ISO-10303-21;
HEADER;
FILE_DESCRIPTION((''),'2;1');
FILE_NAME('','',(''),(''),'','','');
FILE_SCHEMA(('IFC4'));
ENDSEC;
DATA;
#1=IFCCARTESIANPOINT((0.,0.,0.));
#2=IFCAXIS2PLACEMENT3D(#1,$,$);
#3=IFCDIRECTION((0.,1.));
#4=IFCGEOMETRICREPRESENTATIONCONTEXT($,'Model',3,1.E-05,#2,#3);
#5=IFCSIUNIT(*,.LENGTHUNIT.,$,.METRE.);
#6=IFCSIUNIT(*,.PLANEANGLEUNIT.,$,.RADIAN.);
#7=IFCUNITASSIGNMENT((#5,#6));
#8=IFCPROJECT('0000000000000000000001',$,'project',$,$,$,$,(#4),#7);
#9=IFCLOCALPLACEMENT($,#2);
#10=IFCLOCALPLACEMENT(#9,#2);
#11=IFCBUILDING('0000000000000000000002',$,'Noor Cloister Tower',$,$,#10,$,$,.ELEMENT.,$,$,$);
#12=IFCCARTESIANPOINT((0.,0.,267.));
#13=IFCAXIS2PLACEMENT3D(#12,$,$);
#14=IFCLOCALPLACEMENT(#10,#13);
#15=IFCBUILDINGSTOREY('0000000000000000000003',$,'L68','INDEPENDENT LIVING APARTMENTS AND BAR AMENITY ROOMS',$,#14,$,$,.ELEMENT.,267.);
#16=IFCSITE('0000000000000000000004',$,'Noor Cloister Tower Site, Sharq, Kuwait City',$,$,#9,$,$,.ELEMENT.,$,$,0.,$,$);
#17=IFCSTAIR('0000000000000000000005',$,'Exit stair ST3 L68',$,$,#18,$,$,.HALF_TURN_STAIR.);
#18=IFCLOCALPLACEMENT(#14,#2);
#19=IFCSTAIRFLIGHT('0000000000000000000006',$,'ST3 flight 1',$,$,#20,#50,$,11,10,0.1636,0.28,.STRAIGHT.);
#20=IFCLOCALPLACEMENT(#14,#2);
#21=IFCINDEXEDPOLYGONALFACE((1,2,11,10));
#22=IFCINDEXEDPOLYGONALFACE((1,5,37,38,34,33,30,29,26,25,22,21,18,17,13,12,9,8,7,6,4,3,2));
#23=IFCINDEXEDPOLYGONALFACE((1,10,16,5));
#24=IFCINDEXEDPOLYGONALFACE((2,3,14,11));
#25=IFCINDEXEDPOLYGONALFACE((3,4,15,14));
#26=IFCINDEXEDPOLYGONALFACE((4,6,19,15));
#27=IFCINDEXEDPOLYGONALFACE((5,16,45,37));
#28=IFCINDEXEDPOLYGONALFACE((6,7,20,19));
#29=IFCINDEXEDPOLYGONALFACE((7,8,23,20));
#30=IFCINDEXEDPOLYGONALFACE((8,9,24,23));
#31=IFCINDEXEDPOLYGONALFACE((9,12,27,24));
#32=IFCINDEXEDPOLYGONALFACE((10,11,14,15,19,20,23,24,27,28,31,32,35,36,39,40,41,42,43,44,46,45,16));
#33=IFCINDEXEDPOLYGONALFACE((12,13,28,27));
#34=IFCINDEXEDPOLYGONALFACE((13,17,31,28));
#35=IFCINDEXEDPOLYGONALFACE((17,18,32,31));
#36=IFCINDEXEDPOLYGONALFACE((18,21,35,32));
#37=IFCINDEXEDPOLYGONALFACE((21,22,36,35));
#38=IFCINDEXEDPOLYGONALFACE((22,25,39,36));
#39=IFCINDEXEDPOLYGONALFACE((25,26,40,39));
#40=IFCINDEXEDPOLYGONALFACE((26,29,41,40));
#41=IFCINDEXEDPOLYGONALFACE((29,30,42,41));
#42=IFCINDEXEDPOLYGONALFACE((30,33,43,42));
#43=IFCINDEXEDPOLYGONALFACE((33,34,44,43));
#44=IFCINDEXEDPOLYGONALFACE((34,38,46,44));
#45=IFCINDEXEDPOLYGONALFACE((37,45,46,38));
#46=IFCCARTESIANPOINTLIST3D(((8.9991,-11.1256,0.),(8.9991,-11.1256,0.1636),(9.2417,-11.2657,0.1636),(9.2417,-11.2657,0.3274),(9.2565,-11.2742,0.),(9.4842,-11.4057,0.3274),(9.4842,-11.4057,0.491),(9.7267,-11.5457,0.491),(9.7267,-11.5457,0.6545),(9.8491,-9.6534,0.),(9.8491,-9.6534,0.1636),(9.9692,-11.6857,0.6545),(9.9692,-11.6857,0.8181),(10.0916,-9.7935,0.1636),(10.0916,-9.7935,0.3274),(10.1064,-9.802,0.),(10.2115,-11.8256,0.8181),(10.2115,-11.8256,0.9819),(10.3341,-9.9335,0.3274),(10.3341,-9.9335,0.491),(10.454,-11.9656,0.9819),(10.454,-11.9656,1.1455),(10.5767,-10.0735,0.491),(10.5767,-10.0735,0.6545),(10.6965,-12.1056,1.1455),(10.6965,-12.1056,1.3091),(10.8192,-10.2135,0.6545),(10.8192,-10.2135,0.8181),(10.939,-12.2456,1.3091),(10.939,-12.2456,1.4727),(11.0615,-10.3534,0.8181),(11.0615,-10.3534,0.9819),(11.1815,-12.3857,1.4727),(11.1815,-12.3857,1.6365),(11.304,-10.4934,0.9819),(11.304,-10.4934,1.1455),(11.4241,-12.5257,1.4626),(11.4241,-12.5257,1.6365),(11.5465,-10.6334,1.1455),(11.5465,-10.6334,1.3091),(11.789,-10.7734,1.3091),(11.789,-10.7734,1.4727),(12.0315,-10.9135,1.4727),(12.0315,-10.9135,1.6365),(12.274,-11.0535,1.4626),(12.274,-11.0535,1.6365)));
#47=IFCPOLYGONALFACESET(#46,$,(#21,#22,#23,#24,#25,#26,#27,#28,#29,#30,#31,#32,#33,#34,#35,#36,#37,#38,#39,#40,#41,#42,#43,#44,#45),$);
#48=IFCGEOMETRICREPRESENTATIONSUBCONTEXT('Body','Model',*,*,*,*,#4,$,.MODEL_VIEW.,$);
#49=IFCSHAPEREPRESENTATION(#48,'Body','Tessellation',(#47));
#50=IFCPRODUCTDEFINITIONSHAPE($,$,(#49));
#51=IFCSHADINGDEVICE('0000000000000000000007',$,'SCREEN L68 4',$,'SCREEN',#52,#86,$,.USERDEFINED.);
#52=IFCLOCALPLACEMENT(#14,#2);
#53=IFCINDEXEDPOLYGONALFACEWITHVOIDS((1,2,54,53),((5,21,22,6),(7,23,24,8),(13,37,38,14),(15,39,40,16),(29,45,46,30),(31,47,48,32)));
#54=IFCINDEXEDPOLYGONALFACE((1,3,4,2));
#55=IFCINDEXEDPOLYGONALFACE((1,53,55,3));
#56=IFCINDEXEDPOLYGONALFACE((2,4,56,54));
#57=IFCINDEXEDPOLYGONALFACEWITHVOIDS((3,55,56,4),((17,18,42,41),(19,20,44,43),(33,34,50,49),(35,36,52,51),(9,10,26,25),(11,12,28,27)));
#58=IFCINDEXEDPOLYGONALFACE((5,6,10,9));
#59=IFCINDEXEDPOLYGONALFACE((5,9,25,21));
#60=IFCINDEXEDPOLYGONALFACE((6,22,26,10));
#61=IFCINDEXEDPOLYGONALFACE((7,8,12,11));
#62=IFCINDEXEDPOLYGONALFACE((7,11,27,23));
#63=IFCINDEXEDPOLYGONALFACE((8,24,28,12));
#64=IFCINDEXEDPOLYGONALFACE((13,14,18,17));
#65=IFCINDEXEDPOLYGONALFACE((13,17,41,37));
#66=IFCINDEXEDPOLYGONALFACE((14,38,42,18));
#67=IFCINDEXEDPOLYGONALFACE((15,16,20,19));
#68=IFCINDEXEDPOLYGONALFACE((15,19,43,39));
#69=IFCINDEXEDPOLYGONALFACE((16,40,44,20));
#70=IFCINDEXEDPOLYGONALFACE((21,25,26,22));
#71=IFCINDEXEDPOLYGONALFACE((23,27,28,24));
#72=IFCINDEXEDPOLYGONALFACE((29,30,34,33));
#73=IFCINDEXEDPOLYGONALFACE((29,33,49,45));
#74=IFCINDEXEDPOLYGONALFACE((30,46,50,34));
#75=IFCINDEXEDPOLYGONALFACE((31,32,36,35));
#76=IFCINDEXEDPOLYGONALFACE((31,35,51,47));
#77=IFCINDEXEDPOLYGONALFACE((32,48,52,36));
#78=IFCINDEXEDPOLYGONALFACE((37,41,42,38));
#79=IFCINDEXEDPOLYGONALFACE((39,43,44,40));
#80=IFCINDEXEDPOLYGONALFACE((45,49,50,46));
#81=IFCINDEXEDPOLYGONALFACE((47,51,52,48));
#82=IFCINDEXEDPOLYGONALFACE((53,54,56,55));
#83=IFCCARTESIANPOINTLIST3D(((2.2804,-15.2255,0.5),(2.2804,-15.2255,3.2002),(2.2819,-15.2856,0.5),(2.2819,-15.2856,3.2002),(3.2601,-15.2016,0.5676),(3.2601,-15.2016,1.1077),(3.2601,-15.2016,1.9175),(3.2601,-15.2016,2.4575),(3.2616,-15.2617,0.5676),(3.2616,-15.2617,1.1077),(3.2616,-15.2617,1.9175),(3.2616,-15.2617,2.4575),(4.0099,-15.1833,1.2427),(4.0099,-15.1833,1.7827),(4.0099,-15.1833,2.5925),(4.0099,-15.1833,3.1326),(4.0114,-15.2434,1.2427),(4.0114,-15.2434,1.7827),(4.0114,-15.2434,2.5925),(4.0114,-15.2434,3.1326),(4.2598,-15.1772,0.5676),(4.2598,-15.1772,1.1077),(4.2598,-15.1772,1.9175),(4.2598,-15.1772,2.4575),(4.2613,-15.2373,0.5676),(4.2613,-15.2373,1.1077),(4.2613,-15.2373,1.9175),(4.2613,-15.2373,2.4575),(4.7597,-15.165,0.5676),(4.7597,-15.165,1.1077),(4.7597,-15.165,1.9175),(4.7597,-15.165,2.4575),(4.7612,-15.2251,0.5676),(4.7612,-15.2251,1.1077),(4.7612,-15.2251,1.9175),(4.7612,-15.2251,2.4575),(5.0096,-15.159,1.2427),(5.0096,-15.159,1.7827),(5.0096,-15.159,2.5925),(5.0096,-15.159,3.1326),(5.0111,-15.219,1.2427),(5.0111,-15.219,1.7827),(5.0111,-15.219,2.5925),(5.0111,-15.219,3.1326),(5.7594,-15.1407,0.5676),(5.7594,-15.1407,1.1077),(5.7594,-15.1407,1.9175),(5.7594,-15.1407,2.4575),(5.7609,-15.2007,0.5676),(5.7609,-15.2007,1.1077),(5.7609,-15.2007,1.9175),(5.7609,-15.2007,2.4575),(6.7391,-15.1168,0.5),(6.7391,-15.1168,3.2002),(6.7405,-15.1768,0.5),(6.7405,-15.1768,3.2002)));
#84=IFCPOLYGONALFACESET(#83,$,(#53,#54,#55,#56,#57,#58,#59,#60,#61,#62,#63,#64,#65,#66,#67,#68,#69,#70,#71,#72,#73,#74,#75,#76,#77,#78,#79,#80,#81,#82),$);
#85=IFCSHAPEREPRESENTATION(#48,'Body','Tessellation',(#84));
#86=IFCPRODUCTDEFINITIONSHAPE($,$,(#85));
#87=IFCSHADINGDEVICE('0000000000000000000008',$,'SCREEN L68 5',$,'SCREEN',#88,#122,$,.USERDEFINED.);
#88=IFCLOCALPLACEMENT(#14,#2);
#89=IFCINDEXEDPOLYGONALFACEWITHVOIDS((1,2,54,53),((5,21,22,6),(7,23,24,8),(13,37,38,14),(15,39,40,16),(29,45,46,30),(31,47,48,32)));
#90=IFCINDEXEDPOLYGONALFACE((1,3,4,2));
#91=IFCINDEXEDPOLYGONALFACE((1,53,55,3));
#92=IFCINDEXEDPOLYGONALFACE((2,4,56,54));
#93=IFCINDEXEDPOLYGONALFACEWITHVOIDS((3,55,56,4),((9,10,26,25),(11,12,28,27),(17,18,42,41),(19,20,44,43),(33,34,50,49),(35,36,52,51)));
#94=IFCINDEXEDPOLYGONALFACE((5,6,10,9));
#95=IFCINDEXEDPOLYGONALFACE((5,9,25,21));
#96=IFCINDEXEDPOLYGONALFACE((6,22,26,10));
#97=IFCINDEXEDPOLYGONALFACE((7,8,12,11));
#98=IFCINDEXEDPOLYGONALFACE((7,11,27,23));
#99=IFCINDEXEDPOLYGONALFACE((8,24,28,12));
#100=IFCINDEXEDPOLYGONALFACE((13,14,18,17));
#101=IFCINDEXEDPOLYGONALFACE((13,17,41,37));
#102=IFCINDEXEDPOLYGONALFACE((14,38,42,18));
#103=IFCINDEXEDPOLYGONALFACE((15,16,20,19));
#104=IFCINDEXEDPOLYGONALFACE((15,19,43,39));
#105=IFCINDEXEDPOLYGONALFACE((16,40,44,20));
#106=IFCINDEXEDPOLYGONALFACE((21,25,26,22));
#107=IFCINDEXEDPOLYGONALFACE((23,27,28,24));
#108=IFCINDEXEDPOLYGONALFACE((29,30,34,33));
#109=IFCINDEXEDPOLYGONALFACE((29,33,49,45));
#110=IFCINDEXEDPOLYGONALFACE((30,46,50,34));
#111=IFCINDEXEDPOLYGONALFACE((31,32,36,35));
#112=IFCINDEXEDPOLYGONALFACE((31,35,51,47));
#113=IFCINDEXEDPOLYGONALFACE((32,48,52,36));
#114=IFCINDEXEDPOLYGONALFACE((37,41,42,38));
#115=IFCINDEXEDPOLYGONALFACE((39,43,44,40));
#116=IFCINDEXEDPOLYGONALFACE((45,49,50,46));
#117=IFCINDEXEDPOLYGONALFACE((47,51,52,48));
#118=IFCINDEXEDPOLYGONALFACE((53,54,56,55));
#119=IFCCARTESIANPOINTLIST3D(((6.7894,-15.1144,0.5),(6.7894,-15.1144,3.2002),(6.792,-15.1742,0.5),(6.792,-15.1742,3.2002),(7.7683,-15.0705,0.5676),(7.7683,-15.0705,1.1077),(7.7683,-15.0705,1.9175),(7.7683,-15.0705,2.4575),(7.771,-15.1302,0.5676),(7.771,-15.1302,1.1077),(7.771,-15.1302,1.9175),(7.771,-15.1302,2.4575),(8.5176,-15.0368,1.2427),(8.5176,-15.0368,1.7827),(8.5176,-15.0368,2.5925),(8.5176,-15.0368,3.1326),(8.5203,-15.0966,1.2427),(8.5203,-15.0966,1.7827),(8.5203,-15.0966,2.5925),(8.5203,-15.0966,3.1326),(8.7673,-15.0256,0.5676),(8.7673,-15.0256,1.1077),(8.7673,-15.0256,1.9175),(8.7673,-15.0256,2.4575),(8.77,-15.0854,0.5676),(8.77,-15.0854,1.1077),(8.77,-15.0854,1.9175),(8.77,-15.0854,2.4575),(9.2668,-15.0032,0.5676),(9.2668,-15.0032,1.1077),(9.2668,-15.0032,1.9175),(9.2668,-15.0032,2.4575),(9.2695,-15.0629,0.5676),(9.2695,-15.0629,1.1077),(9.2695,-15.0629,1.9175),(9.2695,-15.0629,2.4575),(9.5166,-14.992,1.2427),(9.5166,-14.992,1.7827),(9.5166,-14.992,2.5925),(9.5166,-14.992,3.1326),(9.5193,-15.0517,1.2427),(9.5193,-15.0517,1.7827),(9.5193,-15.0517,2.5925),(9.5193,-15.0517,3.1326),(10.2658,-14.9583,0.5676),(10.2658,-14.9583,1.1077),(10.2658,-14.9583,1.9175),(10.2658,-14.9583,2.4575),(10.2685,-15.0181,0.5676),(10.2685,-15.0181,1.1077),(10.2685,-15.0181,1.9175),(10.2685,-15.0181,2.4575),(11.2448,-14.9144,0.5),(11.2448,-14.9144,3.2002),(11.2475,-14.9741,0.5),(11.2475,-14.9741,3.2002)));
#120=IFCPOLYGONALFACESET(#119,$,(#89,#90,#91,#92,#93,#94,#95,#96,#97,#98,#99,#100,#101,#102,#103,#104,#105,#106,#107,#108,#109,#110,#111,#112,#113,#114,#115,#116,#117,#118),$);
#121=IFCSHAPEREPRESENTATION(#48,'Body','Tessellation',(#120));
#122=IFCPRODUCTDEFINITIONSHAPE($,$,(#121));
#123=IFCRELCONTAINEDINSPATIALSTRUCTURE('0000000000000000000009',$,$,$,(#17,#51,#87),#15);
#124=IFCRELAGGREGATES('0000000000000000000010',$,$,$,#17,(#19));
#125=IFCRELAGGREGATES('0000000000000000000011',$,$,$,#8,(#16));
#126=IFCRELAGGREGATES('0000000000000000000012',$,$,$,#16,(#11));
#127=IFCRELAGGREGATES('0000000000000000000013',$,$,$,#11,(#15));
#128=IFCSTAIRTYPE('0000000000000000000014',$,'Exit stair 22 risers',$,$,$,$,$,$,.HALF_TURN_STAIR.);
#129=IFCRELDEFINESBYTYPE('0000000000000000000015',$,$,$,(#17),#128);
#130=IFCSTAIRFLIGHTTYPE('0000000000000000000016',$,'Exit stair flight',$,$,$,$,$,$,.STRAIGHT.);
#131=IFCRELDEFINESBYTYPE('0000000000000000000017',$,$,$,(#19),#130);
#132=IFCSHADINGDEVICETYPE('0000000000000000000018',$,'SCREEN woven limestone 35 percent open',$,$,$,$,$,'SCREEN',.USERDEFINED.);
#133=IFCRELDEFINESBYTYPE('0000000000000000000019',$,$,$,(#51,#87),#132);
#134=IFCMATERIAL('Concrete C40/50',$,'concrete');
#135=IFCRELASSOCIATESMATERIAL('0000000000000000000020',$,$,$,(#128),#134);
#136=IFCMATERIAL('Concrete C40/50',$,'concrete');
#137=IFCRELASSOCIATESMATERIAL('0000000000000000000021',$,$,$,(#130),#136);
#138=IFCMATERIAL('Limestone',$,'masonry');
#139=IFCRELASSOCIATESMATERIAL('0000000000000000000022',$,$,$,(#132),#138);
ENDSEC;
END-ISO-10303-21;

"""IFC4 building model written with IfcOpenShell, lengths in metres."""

from ifc_helpers import new_model, si_unit, direction, frame, origin, place, context, subcontext, project, spatial, polyline, outline, extrude, material, material_profile, profile_set, type_object, element, aggregate, save


model = new_model("IFC4")

# Units and contexts
model_context = context("Model", 3, precision=1e-05, world=origin(), true_north=direction((0.0, 1.0)))
body_context = subcontext(model_context, "Body", "Model", "MODEL_VIEW")
ifc_project = project(units=[si_unit("LENGTHUNIT", "METRE"), si_unit("PLANEANGLEUNIT", "RADIAN")], contexts=[model_context])

# Site, building, storey
site_placement = place(None, origin())
site = spatial("IfcSite", under=ifc_project, at=site_placement, Name="Noor Cloister Tower Site, Sharq, Kuwait City", CompositionType="ELEMENT", RefElevation=0.0)
building_placement = place(site_placement, origin())
building = spatial("IfcBuilding", under=site, at=building_placement, Name="Noor Cloister Tower", CompositionType="ELEMENT")
storey_placement = place(building_placement, frame((0.0, 0.0, 267.0)))
storey = spatial("IfcBuildingStorey", under=building, at=storey_placement, Name="L68", Description="INDEPENDENT LIVING APARTMENTS AND BAR AMENITY ROOMS", CompositionType="ELEMENT", Elevation=267.0)

# Stair, stair flight
ifc_material_1 = material(Name="Concrete C40/50", Category="concrete")
stair_type = type_object("IfcStairType", Name="Exit stair 22 risers", PredefinedType="HALF_TURN_STAIR", material=ifc_material_1)
stair_placement = place(storey_placement, origin())
stair = element("IfcStair", 1, at=stair_placement, inside=storey, type_object=stair_type, Name="Exit stair ST3 L68", PredefinedType="HALF_TURN_STAIR")
ifc_material_2 = material(Name="Concrete C40/50", Category="concrete")
stair_flight_type = type_object("IfcStairFlightType", Name="Exit stair flight", PredefinedType="STRAIGHT", material=ifc_material_2)
stair_flight_placement = place(storey_placement, frame((9.4241, -10.3896, 0.0), z_axis=(0.0, 0.0, 1.0), x_axis=(0.866025, -0.5, 0.0)))
stair_flight = element("IfcStairFlight", 2, at=stair_flight_placement, type_object=stair_flight_type, Name="ST3 flight 1", NumberOfRisers=11, NumberOfTreads=10, PredefinedType="STRAIGHT", RiserHeight=0.1636, TreadLength=0.28, context=body_context, shape_type="SweptSolid", body=[
    extrude(outline(polyline([(0.0, 0.0), (0.0, 0.1636), (0.28, 0.1636), (0.28, 0.3274), (0.5601, 0.3274), (0.5601, 0.491), (0.8401, 0.491), (0.8401, 0.6545), (1.1201, 0.6545), (1.1201, 0.8181), (1.3999, 0.8181), (1.3999, 0.9819), (1.6799, 0.9819), (1.6799, 1.1455), (1.96, 1.1455), (1.96, 1.3091), (2.24, 1.3091), (2.24, 1.4727), (2.52, 1.4727), (2.52, 1.6365), (2.8, 1.6365), (2.8, 1.8), (2.8, 1.4626), (0.2971, 0.0), (0.0, 0.0)])), frame((0.0, 0.8501, 0.0), z_axis=(0.0, -1.0, 0.0), x_axis=(1.0, 0.0, 0.0)), (0.0, 0.0, 1.0), 1.7),
])
aggregate(stair, [stair_flight])

# Shading devices
ifc_material_3 = material(Name="Limestone", Category="masonry")
ifc_material_profile_1 = material_profile(ifc_material_3, outline(polyline([(-2.23, -1.3501), (2.23, -1.3501), (2.23, 1.3501), (-2.23, 1.3501), (-2.23, -1.3501)]), holes=[polyline([(-1.25, -1.2825), (-0.25, -1.2825), (-0.25, -0.7424), (-1.25, -0.7424), (-1.25, -1.2825)]), polyline([(0.25, -1.2825), (1.25, -1.2825), (1.25, -0.7424), (0.25, -0.7424), (0.25, -1.2825)]), polyline([(-0.5, -0.6074), (0.5, -0.6074), (0.5, -0.0674), (-0.5, -0.0674), (-0.5, -0.6074)]), polyline([(-1.25, 0.0674), (-0.25, 0.0674), (-0.25, 0.6074), (-1.25, 0.6074), (-1.25, 0.0674)]), polyline([(0.25, 0.0674), (1.25, 0.0674), (1.25, 0.6074), (0.25, 0.6074), (0.25, 0.0674)]), polyline([(-0.5, 0.7424), (0.5, 0.7424), (0.5, 1.2825), (-0.5, 1.2825), (-0.5, 0.7424)])]), Name="Woven screen 35 percent open")
ifc_profile_set_1 = profile_set([ifc_material_profile_1], Name="Limestone")
shading_device_type = type_object("IfcShadingDeviceType", Name="SCREEN woven limestone 35 percent open", ElementType="SCREEN", PredefinedType="USERDEFINED", material=ifc_profile_set_1)
shading_device_1_placement = place(storey_placement, frame((4.5098, -15.1711, 1.8501), z_axis=(0.024383, -0.999703, 0.0), x_axis=(0.999703, 0.024383, 0.0)))
element("IfcShadingDevice", 3, at=shading_device_1_placement, inside=storey, type_object=shading_device_type, Name="SCREEN L68 4", ObjectType="SCREEN", PredefinedType="USERDEFINED", context=body_context, shape_type="SweptSolid", body=[
    extrude(outline(polyline([(-2.23, -1.3501), (2.23, -1.3501), (2.23, 1.3501), (-2.23, 1.3501), (-2.23, -1.3501)]), holes=[polyline([(-1.25, -1.2825), (-0.25, -1.2825), (-0.25, -0.7424), (-1.25, -0.7424), (-1.25, -1.2825)]), polyline([(0.25, -1.2825), (1.25, -1.2825), (1.25, -0.7424), (0.25, -0.7424), (0.25, -1.2825)]), polyline([(-0.5, -0.6074), (0.5, -0.6074), (0.5, -0.0674), (-0.5, -0.0674), (-0.5, -0.6074)]), polyline([(-1.25, 0.0674), (-0.25, 0.0674), (-0.25, 0.6074), (-1.25, 0.6074), (-1.25, 0.0674)]), polyline([(0.25, 0.0674), (1.25, 0.0674), (1.25, 0.6074), (0.25, 0.6074), (0.25, 0.0674)]), polyline([(-0.5, 0.7424), (0.5, 0.7424), (0.5, 1.2825), (-0.5, 1.2825), (-0.5, 0.7424)])]), origin(), (0.0, 0.0, 1.0), 0.0601),
])
shading_device_2_placement = place(storey_placement, frame((9.0171, -15.0144, 1.8501), z_axis=(0.044853, -0.998994, 0.0), x_axis=(0.998994, 0.044853, 0.0)))
element("IfcShadingDevice", 4, at=shading_device_2_placement, inside=storey, type_object=shading_device_type, Name="SCREEN L68 5", ObjectType="SCREEN", PredefinedType="USERDEFINED", context=body_context, shape_type="SweptSolid", body=[
    extrude(outline(polyline([(-2.23, -1.3501), (2.23, -1.3501), (2.23, 1.3501), (-2.23, 1.3501), (-2.23, -1.3501)]), holes=[polyline([(-1.25, -1.2825), (-0.25, -1.2825), (-0.25, -0.7424), (-1.25, -0.7424), (-1.25, -1.2825)]), polyline([(0.25, -1.2825), (1.25, -1.2825), (1.25, -0.7424), (0.25, -0.7424), (0.25, -1.2825)]), polyline([(-0.5, -0.6074), (0.5, -0.6074), (0.5, -0.0674), (-0.5, -0.0674), (-0.5, -0.6074)]), polyline([(-1.25, 0.0674), (-0.25, 0.0674), (-0.25, 0.6074), (-1.25, 0.6074), (-1.25, 0.0674)]), polyline([(0.25, 0.0674), (1.25, 0.0674), (1.25, 0.6074), (0.25, 0.6074), (0.25, 0.0674)]), polyline([(-0.5, 0.7424), (0.5, 0.7424), (0.5, 1.2825), (-0.5, 1.2825), (-0.5, 0.7424)])]), origin(), (0.0, 0.0, 1.0), 0.0598),
])

save(model, "model.ifc")
